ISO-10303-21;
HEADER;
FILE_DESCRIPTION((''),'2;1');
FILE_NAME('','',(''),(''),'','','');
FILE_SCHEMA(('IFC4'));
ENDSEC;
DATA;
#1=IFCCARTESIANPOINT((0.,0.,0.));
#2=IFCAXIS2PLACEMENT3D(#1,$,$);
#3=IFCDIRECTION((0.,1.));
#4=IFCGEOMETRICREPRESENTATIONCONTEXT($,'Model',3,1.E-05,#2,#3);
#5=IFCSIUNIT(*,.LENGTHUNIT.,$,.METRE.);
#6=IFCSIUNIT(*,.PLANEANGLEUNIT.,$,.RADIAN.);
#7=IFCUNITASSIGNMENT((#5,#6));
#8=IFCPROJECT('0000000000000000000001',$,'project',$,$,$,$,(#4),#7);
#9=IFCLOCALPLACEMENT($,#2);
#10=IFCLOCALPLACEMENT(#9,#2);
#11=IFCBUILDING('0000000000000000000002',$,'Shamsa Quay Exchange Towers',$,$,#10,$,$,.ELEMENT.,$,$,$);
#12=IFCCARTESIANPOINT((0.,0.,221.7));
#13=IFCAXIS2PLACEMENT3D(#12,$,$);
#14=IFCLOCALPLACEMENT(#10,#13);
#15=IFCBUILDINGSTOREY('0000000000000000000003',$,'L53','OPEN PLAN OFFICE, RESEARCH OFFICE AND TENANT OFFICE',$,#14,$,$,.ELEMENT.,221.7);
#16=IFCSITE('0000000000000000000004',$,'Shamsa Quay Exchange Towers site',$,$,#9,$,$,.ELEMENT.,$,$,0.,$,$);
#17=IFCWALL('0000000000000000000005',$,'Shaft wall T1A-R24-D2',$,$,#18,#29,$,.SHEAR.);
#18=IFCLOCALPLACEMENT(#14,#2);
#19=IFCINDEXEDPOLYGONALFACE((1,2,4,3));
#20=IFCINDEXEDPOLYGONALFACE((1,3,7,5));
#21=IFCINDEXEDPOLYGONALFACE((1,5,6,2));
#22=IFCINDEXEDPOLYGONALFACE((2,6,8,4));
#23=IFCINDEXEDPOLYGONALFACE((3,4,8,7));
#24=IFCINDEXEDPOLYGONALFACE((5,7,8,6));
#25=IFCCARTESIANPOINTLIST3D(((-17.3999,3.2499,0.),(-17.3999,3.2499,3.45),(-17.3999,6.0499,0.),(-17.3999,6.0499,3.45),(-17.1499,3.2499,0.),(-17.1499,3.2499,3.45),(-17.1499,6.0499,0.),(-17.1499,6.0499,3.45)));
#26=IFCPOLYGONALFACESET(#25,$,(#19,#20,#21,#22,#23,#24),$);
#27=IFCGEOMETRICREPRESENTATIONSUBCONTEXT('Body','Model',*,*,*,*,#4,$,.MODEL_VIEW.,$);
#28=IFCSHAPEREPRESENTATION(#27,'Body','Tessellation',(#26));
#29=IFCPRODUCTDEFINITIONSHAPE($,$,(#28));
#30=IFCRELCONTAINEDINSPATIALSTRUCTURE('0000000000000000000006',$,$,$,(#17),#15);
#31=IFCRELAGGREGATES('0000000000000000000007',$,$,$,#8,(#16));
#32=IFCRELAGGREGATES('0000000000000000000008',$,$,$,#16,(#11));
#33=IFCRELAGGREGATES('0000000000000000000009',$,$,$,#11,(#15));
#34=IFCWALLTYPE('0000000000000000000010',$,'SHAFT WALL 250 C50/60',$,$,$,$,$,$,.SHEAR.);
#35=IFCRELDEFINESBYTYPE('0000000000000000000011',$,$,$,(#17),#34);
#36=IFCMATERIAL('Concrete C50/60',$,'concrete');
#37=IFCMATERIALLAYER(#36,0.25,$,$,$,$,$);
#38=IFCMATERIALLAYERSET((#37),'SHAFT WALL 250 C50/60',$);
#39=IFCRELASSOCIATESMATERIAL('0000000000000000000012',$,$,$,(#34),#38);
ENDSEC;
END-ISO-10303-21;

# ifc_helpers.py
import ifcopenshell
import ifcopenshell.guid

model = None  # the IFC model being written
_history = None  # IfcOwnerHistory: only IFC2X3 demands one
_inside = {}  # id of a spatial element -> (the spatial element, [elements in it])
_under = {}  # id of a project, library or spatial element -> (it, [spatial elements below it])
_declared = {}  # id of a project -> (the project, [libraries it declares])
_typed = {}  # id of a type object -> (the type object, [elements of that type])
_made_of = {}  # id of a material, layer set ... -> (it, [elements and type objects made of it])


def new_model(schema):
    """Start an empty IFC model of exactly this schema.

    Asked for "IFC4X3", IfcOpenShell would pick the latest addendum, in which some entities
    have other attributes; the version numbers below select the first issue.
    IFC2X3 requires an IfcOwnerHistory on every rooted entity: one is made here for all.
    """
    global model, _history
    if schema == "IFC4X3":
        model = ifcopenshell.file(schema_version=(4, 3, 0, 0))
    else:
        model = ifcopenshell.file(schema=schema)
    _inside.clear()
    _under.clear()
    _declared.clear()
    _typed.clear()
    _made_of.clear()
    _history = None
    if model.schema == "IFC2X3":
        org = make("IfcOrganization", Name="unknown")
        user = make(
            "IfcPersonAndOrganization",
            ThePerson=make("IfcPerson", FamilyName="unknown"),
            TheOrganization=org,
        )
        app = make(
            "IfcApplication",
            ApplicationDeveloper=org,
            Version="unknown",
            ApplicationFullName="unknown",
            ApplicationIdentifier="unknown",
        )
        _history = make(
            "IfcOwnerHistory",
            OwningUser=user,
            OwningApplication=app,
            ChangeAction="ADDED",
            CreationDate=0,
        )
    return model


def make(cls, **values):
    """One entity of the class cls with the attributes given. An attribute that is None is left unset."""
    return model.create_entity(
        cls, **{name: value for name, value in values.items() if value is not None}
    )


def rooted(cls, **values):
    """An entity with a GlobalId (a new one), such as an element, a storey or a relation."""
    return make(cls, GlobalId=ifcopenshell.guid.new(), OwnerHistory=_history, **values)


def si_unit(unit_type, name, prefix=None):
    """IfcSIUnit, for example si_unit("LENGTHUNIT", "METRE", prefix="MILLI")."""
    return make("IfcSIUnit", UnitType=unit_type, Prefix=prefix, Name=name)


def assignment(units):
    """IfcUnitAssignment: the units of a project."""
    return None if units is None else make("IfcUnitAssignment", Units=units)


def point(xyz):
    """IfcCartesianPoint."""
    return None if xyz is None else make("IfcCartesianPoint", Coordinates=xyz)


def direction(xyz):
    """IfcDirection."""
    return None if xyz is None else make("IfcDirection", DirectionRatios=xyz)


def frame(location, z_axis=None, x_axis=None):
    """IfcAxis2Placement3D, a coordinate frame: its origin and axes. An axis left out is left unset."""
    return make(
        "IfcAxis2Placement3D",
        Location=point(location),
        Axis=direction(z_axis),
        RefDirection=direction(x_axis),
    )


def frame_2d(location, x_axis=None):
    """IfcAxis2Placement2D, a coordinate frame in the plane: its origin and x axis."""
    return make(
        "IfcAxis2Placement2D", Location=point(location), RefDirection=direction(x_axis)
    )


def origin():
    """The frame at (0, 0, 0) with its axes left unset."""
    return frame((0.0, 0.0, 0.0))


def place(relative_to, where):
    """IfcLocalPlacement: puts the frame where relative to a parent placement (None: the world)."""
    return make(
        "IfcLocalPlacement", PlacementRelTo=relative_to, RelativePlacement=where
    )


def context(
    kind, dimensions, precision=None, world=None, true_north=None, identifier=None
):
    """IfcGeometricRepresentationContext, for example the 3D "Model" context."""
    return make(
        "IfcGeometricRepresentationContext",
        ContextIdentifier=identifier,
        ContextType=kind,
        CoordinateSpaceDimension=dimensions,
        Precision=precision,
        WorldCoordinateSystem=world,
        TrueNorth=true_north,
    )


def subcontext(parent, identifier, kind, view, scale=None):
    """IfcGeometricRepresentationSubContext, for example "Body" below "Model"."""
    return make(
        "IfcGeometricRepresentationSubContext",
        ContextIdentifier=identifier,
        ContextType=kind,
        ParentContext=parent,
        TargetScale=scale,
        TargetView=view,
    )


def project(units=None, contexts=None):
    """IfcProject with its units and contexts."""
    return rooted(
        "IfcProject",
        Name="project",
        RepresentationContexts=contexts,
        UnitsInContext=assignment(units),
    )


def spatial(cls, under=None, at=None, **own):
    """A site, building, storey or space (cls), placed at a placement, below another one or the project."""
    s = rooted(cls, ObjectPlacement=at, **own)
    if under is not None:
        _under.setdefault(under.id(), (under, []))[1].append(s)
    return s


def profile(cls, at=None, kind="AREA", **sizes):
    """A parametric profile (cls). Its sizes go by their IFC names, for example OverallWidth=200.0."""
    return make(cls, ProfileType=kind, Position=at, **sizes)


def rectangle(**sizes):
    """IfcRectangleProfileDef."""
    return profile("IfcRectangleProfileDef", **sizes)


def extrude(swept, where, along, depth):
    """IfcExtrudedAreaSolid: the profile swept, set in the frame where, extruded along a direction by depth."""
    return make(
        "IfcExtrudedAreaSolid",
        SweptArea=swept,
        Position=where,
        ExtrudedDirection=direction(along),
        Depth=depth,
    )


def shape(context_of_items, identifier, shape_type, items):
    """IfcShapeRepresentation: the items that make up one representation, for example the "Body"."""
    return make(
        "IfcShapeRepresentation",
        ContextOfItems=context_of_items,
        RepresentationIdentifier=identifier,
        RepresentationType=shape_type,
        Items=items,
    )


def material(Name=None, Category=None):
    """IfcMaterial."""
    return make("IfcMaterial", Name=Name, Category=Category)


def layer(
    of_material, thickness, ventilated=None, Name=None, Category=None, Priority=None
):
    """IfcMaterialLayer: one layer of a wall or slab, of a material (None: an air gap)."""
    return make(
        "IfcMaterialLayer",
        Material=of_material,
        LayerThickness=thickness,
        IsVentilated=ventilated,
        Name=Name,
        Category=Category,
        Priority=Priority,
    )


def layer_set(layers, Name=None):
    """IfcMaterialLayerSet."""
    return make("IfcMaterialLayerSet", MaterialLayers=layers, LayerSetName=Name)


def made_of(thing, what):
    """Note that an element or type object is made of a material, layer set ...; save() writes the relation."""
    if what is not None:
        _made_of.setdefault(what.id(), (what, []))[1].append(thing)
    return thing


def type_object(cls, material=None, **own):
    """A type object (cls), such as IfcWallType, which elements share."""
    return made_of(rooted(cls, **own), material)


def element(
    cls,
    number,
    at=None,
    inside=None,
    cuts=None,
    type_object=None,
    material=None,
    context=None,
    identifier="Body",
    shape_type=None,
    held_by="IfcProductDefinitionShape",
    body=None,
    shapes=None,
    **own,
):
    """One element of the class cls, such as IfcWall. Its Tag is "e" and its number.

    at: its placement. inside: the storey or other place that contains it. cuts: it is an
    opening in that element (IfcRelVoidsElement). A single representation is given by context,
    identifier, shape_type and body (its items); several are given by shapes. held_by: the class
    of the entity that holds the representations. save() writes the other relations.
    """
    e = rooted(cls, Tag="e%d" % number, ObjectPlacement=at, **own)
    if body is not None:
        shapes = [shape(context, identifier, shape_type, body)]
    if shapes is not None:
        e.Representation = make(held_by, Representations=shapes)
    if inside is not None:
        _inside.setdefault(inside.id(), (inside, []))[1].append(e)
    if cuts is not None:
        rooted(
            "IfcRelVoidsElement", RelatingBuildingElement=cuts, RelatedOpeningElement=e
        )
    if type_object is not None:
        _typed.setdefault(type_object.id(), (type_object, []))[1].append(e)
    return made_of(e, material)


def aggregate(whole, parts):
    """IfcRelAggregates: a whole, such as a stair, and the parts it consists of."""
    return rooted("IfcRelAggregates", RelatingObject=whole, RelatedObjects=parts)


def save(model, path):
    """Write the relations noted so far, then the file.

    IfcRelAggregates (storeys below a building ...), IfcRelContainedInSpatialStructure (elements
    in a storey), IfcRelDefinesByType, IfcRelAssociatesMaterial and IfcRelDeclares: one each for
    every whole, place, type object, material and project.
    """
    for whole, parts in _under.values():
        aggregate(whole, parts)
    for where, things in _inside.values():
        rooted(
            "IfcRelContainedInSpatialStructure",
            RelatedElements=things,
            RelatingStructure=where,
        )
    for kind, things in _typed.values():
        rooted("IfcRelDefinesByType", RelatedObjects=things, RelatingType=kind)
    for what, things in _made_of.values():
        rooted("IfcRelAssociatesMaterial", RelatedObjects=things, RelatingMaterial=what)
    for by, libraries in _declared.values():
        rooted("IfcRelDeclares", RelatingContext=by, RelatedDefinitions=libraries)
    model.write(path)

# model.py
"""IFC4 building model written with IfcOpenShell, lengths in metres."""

from ifc_helpers import new_model, si_unit, direction, frame, frame_2d, origin, place, context, subcontext, project, spatial, rectangle, extrude, material, layer, layer_set, type_object, element, save


model = new_model("IFC4")

# Units and contexts
model_context = context("Model", 3, precision=1e-05, world=origin(), true_north=direction((0.0, 1.0)))
body_context = subcontext(model_context, "Body", "Model", "MODEL_VIEW")
ifc_project = project(units=[si_unit("LENGTHUNIT", "METRE"), si_unit("PLANEANGLEUNIT", "RADIAN")], contexts=[model_context])

# Site, building, storey
site_placement = place(None, origin())
site = spatial("IfcSite", under=ifc_project, at=site_placement, Name="Shamsa Quay Exchange Towers site", CompositionType="ELEMENT", RefElevation=0.0)
building_placement = place(site_placement, origin())
building = spatial("IfcBuilding", under=site, at=building_placement, Name="Shamsa Quay Exchange Towers", CompositionType="ELEMENT")
storey_placement = place(building_placement, frame((0.0, 0.0, 221.7)))
storey = spatial("IfcBuildingStorey", under=building, at=storey_placement, Name="L53", Description="OPEN PLAN OFFICE, RESEARCH OFFICE AND TENANT OFFICE", CompositionType="ELEMENT", Elevation=221.7)

# Shared definitions
ifc_material_1 = material(Name="Concrete C50/60", Category="concrete")
ifc_layer_1 = layer(ifc_material_1, 0.25)
ifc_layer_set_1 = layer_set([ifc_layer_1], Name="SHAFT WALL 250 C50/60")
wall_type_1 = type_object("IfcWallType", Name="SHAFT WALL 250 C50/60", PredefinedType="SHEAR", material=ifc_layer_set_1)

# Wall
wall_1_placement = place(storey_placement, frame((-17.2749, 3.25, 0.0), z_axis=(0.0, 0.0, 1.0), x_axis=(0.0, 1.0, 0.0)))
element("IfcWall", 1, at=wall_1_placement, inside=storey, type_object=wall_type_1, Name="Shaft wall T1A-R24-D2", PredefinedType="SHEAR", context=body_context, shape_type="SweptSolid", body=[
    extrude(rectangle(XDim=2.8, YDim=0.25, at=frame_2d((1.3999, 0.0))), origin(), (0.0, 0.0, 1.0), 3.45),
])

save(model, "model.ifc")
